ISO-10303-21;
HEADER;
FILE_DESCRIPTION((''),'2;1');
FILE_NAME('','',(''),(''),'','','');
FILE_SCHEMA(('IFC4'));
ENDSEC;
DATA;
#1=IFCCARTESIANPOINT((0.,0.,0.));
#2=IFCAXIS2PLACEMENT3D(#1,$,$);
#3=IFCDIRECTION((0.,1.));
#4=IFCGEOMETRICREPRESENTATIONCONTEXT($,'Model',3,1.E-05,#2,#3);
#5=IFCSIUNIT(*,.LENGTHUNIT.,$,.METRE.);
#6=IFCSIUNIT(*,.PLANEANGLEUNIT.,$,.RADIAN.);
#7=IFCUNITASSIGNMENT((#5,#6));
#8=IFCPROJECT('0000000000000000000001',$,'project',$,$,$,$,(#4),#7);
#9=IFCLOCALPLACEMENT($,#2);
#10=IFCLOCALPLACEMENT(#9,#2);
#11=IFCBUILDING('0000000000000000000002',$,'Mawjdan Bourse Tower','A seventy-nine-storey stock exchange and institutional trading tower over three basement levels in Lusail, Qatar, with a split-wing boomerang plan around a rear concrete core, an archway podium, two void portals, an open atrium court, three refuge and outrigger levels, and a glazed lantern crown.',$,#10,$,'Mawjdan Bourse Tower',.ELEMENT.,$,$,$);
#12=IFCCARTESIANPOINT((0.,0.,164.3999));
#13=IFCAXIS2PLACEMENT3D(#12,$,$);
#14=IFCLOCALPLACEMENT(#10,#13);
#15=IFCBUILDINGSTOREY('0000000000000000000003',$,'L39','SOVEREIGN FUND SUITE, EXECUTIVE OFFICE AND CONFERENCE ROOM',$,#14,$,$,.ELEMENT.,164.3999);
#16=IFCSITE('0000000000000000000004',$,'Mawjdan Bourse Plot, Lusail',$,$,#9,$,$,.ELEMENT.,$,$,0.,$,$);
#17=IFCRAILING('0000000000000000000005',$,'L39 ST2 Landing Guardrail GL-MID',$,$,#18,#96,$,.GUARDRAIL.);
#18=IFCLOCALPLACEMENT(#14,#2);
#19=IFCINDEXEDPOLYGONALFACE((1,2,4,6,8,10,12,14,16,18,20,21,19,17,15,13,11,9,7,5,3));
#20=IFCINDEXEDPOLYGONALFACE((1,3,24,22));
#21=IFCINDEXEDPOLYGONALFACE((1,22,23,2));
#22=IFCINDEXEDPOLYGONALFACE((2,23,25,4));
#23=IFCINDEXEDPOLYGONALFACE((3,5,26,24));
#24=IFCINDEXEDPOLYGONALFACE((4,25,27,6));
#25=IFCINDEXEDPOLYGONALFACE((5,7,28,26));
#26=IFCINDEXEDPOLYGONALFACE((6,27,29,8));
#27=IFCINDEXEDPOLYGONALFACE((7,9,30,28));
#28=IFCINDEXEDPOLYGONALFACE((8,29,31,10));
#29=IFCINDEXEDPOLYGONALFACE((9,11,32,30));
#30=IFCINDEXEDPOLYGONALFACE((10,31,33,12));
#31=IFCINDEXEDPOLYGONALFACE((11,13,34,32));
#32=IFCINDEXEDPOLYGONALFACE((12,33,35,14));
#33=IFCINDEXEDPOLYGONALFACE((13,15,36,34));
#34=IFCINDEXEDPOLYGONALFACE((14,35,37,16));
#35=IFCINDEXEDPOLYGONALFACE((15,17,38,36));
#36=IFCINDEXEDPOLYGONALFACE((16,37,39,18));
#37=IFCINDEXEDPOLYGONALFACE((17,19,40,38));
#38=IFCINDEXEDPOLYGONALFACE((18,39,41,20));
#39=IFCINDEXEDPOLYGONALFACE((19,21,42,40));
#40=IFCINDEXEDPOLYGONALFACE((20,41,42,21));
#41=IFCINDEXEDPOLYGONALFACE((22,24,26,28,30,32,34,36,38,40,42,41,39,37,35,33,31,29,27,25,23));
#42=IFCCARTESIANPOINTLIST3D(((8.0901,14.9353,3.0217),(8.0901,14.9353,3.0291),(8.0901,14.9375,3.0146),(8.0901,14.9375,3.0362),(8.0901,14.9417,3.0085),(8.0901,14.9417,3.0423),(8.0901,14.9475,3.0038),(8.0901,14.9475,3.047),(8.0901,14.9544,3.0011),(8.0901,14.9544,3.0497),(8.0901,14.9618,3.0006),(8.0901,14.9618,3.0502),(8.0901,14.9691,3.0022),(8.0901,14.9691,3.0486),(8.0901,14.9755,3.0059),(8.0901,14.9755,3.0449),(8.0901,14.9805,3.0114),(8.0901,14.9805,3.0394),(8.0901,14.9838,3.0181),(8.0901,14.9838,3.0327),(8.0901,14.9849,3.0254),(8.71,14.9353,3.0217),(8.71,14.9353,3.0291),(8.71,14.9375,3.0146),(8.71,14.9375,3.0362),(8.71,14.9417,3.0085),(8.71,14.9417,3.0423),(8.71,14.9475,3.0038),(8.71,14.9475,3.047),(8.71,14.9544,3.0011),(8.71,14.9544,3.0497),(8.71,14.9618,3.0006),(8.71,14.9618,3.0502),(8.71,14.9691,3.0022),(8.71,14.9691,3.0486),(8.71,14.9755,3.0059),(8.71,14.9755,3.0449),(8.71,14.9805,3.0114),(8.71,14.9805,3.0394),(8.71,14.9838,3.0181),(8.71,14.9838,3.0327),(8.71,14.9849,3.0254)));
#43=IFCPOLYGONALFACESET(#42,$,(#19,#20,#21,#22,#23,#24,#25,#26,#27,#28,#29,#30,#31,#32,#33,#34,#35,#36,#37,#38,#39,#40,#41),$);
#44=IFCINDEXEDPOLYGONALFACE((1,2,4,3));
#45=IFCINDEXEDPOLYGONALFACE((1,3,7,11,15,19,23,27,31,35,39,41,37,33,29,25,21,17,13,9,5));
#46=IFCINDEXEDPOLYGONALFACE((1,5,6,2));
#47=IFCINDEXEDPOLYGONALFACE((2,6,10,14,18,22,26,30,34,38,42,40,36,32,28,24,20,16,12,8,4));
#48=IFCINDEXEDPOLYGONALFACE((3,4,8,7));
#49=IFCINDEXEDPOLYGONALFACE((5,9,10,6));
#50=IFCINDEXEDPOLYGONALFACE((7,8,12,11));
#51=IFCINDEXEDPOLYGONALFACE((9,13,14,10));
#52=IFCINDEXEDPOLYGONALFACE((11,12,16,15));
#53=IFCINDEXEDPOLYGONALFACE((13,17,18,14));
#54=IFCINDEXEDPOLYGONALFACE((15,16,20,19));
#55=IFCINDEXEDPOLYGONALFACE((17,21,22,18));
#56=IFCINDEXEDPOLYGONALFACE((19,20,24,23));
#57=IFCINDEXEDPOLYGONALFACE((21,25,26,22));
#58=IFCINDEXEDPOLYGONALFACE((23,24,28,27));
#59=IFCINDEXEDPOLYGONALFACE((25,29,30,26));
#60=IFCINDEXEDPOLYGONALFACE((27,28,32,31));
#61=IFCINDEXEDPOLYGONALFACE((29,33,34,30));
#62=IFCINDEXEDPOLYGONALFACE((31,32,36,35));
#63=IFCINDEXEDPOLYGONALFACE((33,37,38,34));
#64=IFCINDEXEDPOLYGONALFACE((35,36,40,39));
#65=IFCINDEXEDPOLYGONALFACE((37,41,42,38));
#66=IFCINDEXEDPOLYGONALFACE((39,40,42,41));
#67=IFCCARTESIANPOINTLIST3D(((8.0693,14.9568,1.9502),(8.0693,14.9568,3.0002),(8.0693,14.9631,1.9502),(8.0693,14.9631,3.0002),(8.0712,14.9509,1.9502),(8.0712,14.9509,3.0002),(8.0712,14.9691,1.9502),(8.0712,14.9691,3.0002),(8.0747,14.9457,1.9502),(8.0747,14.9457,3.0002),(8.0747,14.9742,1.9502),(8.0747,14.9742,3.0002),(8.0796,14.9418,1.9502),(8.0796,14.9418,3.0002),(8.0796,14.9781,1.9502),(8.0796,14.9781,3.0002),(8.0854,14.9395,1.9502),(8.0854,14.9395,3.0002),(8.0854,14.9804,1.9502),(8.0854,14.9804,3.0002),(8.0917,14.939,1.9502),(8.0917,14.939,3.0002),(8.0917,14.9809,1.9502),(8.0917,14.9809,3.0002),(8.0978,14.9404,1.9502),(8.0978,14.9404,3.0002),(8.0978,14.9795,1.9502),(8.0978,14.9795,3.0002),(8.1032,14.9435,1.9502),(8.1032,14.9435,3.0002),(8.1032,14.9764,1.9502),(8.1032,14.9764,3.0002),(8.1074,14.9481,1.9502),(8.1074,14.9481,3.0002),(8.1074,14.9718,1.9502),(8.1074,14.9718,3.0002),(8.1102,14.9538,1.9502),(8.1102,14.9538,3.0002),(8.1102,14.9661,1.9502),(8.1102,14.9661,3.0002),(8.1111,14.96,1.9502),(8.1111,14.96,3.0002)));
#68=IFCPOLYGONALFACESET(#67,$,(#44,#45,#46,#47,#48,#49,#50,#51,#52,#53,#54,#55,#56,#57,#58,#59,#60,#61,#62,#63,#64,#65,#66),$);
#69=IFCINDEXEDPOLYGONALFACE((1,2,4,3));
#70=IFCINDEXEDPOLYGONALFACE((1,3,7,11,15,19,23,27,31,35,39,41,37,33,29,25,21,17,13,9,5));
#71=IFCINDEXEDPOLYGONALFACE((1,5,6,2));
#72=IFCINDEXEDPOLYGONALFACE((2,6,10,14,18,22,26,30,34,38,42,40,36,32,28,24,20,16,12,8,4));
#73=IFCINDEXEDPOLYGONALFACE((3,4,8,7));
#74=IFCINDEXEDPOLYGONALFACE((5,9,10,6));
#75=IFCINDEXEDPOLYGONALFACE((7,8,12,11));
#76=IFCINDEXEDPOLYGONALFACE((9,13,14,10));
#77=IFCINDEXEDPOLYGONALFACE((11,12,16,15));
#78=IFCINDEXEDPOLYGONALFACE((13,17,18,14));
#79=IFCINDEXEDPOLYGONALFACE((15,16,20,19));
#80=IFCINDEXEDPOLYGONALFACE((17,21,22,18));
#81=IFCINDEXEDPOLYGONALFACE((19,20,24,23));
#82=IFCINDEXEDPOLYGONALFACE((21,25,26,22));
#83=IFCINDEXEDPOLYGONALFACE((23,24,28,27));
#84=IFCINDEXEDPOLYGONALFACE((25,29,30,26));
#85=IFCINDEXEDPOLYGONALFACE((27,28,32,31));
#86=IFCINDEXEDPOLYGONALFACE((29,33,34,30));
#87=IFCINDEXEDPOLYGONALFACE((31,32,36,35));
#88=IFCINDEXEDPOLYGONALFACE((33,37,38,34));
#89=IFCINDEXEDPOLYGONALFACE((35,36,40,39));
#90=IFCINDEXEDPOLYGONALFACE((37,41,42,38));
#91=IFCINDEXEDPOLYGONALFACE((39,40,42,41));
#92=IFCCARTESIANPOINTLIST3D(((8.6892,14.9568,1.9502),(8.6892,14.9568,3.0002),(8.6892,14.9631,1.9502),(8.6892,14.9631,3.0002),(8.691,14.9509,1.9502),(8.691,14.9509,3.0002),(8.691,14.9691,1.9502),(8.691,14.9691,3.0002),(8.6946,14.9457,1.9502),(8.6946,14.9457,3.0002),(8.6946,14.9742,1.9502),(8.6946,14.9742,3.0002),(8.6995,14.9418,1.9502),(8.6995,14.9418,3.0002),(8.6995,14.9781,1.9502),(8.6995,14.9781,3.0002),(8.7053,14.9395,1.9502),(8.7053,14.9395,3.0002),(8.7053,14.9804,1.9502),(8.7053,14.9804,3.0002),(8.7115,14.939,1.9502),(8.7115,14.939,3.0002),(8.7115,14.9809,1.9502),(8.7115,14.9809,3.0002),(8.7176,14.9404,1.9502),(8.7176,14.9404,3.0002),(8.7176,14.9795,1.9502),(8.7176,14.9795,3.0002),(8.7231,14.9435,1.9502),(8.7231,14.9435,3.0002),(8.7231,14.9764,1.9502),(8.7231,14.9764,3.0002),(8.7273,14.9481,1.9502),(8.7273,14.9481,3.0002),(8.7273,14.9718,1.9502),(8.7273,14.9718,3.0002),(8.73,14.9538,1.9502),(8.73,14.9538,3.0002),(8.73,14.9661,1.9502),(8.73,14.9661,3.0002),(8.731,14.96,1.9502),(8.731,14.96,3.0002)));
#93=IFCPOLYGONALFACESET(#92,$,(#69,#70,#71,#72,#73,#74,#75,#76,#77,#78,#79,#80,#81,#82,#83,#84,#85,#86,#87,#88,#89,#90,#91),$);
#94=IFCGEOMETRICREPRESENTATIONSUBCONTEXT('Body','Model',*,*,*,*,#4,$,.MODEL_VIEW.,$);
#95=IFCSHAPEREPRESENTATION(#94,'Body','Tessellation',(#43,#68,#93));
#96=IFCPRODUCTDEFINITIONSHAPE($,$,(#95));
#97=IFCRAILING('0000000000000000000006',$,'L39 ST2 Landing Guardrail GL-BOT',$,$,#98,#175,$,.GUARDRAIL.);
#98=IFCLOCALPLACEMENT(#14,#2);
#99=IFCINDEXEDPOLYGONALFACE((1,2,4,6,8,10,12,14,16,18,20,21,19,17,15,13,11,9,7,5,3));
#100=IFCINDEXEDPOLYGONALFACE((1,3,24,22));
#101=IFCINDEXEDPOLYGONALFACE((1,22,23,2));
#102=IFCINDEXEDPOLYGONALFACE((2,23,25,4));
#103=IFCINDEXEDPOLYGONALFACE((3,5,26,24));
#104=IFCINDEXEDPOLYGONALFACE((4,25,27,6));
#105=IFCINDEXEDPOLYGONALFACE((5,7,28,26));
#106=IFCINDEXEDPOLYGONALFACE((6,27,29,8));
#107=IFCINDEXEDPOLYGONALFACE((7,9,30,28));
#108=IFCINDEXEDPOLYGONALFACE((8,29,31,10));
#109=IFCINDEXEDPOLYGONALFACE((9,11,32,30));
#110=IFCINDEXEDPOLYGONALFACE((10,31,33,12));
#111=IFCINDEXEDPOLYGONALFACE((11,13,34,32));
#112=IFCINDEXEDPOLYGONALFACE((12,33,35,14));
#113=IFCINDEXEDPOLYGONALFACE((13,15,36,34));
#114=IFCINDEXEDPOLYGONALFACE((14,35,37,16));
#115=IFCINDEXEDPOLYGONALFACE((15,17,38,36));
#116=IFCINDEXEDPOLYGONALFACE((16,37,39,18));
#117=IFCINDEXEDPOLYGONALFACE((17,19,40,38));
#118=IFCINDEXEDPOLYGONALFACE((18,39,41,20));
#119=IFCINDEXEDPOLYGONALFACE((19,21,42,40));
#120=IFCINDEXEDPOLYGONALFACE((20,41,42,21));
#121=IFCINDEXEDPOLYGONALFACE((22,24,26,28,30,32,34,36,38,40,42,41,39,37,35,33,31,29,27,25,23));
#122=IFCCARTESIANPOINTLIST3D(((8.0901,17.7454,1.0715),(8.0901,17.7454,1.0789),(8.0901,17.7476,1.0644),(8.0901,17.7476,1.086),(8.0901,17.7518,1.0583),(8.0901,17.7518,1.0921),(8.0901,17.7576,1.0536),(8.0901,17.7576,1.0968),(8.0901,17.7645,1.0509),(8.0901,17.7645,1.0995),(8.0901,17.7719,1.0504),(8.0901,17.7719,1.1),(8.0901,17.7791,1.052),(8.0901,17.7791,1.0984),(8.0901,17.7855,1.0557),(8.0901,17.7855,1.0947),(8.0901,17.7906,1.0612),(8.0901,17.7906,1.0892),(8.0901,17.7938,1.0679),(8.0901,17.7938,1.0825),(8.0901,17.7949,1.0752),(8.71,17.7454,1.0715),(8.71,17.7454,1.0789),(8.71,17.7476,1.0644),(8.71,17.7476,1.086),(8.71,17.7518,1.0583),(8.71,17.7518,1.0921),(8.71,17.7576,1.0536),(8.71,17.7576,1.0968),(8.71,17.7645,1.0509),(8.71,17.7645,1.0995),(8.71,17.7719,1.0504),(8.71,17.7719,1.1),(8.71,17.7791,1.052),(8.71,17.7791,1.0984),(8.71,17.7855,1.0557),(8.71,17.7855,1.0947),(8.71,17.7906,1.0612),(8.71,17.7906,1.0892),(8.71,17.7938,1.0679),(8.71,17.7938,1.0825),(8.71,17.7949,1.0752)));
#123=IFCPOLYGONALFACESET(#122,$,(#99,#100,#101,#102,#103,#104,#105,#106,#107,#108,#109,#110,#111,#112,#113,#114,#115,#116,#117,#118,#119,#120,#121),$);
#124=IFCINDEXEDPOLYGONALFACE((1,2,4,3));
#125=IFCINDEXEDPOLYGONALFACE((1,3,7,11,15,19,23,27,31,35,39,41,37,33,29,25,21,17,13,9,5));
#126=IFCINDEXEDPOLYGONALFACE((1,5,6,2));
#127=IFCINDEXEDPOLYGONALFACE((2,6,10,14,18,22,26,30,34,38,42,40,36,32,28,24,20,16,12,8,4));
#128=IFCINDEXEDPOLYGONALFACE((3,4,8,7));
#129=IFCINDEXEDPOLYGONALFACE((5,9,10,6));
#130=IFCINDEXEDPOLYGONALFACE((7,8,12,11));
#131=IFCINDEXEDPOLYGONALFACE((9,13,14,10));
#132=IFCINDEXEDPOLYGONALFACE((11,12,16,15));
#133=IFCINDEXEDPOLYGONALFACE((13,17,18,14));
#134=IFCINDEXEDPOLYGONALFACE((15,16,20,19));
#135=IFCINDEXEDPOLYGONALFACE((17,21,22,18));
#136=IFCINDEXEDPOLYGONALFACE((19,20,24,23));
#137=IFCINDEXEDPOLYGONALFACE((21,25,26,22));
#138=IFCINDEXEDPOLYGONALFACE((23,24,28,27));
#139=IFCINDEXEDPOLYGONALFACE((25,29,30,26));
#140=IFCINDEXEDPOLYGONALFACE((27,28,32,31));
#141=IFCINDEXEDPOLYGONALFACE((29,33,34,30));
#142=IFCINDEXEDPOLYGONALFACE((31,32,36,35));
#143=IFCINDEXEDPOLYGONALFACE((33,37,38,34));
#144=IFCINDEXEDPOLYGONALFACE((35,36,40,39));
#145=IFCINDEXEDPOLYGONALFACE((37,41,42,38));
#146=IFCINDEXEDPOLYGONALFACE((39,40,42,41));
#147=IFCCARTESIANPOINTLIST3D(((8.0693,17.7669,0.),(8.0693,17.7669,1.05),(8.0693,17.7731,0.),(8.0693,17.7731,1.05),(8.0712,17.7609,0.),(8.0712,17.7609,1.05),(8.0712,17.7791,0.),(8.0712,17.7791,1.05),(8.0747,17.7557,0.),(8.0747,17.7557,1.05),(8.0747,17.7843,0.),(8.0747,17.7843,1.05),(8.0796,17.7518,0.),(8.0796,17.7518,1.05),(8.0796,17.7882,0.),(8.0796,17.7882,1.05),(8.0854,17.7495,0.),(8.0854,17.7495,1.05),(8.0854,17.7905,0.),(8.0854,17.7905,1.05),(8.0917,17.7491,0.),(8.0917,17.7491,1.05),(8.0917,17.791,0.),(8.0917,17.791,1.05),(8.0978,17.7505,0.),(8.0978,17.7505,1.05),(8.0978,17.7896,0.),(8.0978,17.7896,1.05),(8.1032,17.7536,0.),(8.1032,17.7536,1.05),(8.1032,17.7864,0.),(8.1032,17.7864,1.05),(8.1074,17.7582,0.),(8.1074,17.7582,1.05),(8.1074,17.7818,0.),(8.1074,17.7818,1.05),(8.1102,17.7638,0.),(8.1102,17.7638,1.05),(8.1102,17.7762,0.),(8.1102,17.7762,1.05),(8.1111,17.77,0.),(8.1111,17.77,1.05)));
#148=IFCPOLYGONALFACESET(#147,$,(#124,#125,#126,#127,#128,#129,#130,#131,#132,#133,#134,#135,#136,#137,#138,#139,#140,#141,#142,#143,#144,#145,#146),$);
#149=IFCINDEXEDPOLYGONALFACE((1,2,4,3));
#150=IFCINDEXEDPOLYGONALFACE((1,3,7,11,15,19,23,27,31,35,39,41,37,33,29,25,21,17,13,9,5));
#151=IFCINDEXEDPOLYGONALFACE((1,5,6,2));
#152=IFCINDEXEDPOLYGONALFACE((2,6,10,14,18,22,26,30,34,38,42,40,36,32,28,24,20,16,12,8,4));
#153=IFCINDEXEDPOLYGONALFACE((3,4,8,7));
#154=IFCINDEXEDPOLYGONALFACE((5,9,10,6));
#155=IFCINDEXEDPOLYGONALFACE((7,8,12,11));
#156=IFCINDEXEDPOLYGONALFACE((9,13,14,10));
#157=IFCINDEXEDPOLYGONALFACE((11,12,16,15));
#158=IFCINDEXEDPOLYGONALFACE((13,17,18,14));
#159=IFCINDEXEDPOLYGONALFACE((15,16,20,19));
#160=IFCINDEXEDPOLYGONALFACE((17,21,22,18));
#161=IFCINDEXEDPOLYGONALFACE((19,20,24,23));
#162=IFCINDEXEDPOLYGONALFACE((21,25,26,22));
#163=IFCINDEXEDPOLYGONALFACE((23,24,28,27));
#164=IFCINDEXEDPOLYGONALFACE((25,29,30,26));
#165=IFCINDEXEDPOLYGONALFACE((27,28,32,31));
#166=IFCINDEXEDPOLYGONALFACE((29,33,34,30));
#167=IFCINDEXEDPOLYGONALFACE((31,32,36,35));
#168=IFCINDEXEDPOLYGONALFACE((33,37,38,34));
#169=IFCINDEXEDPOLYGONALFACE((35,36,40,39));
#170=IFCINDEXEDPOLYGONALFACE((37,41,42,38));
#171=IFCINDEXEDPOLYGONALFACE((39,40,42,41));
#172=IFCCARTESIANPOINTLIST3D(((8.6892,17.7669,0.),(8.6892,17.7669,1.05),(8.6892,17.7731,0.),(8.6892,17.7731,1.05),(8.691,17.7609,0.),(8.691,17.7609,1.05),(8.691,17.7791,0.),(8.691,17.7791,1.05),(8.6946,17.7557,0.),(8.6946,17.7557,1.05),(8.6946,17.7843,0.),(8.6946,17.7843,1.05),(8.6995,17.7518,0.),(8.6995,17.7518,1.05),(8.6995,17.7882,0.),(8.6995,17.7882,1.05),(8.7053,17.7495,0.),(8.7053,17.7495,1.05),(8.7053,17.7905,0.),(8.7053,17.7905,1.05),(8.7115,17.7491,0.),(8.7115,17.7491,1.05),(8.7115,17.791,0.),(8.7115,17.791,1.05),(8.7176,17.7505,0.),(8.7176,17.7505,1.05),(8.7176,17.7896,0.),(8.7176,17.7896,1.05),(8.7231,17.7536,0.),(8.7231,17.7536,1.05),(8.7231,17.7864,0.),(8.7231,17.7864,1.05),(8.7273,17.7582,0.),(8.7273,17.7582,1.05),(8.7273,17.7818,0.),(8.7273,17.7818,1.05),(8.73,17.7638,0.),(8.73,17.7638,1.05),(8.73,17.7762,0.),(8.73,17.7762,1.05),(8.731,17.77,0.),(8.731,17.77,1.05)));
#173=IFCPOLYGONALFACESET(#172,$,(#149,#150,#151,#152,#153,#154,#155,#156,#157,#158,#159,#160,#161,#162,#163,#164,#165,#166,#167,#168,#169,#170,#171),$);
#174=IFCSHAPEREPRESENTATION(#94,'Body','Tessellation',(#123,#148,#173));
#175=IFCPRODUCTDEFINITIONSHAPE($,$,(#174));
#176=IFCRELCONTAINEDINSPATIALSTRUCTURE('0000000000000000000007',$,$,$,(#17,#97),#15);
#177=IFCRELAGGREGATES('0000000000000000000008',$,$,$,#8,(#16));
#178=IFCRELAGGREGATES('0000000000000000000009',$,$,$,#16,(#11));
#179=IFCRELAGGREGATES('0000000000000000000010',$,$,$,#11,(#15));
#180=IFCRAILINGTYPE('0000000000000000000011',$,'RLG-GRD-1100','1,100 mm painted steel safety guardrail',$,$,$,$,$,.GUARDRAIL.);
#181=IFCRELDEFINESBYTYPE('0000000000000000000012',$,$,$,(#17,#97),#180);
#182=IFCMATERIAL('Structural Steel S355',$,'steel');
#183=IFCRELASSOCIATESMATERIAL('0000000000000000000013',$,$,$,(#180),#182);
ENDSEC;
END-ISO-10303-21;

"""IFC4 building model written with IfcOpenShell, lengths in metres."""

from ifc_helpers import new_model, si_unit, direction, frame, origin, origin_2d, place, context, subcontext, project, spatial, circle, extrude, material, type_object, element, save


model = new_model("IFC4")

# Units and contexts
model_context = context("Model", 3, precision=1e-05, world=origin(), true_north=direction((0.0, 1.0)))
body_context = subcontext(model_context, "Body", "Model", "MODEL_VIEW")
ifc_project = project(units=[si_unit("LENGTHUNIT", "METRE"), si_unit("PLANEANGLEUNIT", "RADIAN")], contexts=[model_context])

# Site, building, storey
site_placement = place(None, origin())
site = spatial("IfcSite", under=ifc_project, at=site_placement, Name="Mawjdan Bourse Plot, Lusail", CompositionType="ELEMENT", RefElevation=0.0)
building_placement = place(site_placement, origin())
building = spatial("IfcBuilding", under=site, at=building_placement, Name="Mawjdan Bourse Tower", Description="A seventy-nine-storey stock exchange and institutional trading tower over three basement levels in Lusail, Qatar, with a split-wing boomerang plan around a rear concrete core, an archway podium, two void portals, an open atrium court, three refuge and outrigger levels, and a glazed lantern crown.", LongName="Mawjdan Bourse Tower", CompositionType="ELEMENT")
storey_placement = place(building_placement, frame((0.0, 0.0, 164.3999)))
storey = spatial("IfcBuildingStorey", under=building, at=storey_placement, Name="L39", Description="SOVEREIGN FUND SUITE, EXECUTIVE OFFICE AND CONFERENCE ROOM", CompositionType="ELEMENT", Elevation=164.3999)

# Shared definitions
ifc_material_1 = material(Name="Structural Steel S355", Category="steel")

# Railings
railing_type_1 = type_object("IfcRailingType", Name="RLG-GRD-1100", Description="1,100 mm painted steel safety guardrail", PredefinedType="GUARDRAIL", material=ifc_material_1)
for number, where, name in (
    (1, (8.0901, 14.96, 1.9502), "L39 ST2 Landing Guardrail GL-MID"),
    (2, (8.0901, 17.77, 0.0), "L39 ST2 Landing Guardrail GL-BOT"),
):
    element("IfcRailing", number, at=place(storey_placement, frame(where)), inside=storey, type_object=railing_type_1, Name=name, PredefinedType="GUARDRAIL", context=body_context, shape_type="SweptSolid", body=[
        extrude(circle(Radius=0.0249, at=origin_2d()), frame((0.0, 0.0, 1.0752), z_axis=(1.0, 0.0, 0.0), x_axis=(0.0, 1.0, 0.0)), (0.0, 0.0, 1.0), 0.6199),
        extrude(circle(Radius=0.021, at=origin_2d()), origin(), (0.0, 0.0, 1.0), 1.05),
        extrude(circle(Radius=0.021, at=origin_2d()), frame((0.6199, 0.0, 0.0)), (0.0, 0.0, 1.0), 1.05),
    ])

save(model, "model.ifc")
